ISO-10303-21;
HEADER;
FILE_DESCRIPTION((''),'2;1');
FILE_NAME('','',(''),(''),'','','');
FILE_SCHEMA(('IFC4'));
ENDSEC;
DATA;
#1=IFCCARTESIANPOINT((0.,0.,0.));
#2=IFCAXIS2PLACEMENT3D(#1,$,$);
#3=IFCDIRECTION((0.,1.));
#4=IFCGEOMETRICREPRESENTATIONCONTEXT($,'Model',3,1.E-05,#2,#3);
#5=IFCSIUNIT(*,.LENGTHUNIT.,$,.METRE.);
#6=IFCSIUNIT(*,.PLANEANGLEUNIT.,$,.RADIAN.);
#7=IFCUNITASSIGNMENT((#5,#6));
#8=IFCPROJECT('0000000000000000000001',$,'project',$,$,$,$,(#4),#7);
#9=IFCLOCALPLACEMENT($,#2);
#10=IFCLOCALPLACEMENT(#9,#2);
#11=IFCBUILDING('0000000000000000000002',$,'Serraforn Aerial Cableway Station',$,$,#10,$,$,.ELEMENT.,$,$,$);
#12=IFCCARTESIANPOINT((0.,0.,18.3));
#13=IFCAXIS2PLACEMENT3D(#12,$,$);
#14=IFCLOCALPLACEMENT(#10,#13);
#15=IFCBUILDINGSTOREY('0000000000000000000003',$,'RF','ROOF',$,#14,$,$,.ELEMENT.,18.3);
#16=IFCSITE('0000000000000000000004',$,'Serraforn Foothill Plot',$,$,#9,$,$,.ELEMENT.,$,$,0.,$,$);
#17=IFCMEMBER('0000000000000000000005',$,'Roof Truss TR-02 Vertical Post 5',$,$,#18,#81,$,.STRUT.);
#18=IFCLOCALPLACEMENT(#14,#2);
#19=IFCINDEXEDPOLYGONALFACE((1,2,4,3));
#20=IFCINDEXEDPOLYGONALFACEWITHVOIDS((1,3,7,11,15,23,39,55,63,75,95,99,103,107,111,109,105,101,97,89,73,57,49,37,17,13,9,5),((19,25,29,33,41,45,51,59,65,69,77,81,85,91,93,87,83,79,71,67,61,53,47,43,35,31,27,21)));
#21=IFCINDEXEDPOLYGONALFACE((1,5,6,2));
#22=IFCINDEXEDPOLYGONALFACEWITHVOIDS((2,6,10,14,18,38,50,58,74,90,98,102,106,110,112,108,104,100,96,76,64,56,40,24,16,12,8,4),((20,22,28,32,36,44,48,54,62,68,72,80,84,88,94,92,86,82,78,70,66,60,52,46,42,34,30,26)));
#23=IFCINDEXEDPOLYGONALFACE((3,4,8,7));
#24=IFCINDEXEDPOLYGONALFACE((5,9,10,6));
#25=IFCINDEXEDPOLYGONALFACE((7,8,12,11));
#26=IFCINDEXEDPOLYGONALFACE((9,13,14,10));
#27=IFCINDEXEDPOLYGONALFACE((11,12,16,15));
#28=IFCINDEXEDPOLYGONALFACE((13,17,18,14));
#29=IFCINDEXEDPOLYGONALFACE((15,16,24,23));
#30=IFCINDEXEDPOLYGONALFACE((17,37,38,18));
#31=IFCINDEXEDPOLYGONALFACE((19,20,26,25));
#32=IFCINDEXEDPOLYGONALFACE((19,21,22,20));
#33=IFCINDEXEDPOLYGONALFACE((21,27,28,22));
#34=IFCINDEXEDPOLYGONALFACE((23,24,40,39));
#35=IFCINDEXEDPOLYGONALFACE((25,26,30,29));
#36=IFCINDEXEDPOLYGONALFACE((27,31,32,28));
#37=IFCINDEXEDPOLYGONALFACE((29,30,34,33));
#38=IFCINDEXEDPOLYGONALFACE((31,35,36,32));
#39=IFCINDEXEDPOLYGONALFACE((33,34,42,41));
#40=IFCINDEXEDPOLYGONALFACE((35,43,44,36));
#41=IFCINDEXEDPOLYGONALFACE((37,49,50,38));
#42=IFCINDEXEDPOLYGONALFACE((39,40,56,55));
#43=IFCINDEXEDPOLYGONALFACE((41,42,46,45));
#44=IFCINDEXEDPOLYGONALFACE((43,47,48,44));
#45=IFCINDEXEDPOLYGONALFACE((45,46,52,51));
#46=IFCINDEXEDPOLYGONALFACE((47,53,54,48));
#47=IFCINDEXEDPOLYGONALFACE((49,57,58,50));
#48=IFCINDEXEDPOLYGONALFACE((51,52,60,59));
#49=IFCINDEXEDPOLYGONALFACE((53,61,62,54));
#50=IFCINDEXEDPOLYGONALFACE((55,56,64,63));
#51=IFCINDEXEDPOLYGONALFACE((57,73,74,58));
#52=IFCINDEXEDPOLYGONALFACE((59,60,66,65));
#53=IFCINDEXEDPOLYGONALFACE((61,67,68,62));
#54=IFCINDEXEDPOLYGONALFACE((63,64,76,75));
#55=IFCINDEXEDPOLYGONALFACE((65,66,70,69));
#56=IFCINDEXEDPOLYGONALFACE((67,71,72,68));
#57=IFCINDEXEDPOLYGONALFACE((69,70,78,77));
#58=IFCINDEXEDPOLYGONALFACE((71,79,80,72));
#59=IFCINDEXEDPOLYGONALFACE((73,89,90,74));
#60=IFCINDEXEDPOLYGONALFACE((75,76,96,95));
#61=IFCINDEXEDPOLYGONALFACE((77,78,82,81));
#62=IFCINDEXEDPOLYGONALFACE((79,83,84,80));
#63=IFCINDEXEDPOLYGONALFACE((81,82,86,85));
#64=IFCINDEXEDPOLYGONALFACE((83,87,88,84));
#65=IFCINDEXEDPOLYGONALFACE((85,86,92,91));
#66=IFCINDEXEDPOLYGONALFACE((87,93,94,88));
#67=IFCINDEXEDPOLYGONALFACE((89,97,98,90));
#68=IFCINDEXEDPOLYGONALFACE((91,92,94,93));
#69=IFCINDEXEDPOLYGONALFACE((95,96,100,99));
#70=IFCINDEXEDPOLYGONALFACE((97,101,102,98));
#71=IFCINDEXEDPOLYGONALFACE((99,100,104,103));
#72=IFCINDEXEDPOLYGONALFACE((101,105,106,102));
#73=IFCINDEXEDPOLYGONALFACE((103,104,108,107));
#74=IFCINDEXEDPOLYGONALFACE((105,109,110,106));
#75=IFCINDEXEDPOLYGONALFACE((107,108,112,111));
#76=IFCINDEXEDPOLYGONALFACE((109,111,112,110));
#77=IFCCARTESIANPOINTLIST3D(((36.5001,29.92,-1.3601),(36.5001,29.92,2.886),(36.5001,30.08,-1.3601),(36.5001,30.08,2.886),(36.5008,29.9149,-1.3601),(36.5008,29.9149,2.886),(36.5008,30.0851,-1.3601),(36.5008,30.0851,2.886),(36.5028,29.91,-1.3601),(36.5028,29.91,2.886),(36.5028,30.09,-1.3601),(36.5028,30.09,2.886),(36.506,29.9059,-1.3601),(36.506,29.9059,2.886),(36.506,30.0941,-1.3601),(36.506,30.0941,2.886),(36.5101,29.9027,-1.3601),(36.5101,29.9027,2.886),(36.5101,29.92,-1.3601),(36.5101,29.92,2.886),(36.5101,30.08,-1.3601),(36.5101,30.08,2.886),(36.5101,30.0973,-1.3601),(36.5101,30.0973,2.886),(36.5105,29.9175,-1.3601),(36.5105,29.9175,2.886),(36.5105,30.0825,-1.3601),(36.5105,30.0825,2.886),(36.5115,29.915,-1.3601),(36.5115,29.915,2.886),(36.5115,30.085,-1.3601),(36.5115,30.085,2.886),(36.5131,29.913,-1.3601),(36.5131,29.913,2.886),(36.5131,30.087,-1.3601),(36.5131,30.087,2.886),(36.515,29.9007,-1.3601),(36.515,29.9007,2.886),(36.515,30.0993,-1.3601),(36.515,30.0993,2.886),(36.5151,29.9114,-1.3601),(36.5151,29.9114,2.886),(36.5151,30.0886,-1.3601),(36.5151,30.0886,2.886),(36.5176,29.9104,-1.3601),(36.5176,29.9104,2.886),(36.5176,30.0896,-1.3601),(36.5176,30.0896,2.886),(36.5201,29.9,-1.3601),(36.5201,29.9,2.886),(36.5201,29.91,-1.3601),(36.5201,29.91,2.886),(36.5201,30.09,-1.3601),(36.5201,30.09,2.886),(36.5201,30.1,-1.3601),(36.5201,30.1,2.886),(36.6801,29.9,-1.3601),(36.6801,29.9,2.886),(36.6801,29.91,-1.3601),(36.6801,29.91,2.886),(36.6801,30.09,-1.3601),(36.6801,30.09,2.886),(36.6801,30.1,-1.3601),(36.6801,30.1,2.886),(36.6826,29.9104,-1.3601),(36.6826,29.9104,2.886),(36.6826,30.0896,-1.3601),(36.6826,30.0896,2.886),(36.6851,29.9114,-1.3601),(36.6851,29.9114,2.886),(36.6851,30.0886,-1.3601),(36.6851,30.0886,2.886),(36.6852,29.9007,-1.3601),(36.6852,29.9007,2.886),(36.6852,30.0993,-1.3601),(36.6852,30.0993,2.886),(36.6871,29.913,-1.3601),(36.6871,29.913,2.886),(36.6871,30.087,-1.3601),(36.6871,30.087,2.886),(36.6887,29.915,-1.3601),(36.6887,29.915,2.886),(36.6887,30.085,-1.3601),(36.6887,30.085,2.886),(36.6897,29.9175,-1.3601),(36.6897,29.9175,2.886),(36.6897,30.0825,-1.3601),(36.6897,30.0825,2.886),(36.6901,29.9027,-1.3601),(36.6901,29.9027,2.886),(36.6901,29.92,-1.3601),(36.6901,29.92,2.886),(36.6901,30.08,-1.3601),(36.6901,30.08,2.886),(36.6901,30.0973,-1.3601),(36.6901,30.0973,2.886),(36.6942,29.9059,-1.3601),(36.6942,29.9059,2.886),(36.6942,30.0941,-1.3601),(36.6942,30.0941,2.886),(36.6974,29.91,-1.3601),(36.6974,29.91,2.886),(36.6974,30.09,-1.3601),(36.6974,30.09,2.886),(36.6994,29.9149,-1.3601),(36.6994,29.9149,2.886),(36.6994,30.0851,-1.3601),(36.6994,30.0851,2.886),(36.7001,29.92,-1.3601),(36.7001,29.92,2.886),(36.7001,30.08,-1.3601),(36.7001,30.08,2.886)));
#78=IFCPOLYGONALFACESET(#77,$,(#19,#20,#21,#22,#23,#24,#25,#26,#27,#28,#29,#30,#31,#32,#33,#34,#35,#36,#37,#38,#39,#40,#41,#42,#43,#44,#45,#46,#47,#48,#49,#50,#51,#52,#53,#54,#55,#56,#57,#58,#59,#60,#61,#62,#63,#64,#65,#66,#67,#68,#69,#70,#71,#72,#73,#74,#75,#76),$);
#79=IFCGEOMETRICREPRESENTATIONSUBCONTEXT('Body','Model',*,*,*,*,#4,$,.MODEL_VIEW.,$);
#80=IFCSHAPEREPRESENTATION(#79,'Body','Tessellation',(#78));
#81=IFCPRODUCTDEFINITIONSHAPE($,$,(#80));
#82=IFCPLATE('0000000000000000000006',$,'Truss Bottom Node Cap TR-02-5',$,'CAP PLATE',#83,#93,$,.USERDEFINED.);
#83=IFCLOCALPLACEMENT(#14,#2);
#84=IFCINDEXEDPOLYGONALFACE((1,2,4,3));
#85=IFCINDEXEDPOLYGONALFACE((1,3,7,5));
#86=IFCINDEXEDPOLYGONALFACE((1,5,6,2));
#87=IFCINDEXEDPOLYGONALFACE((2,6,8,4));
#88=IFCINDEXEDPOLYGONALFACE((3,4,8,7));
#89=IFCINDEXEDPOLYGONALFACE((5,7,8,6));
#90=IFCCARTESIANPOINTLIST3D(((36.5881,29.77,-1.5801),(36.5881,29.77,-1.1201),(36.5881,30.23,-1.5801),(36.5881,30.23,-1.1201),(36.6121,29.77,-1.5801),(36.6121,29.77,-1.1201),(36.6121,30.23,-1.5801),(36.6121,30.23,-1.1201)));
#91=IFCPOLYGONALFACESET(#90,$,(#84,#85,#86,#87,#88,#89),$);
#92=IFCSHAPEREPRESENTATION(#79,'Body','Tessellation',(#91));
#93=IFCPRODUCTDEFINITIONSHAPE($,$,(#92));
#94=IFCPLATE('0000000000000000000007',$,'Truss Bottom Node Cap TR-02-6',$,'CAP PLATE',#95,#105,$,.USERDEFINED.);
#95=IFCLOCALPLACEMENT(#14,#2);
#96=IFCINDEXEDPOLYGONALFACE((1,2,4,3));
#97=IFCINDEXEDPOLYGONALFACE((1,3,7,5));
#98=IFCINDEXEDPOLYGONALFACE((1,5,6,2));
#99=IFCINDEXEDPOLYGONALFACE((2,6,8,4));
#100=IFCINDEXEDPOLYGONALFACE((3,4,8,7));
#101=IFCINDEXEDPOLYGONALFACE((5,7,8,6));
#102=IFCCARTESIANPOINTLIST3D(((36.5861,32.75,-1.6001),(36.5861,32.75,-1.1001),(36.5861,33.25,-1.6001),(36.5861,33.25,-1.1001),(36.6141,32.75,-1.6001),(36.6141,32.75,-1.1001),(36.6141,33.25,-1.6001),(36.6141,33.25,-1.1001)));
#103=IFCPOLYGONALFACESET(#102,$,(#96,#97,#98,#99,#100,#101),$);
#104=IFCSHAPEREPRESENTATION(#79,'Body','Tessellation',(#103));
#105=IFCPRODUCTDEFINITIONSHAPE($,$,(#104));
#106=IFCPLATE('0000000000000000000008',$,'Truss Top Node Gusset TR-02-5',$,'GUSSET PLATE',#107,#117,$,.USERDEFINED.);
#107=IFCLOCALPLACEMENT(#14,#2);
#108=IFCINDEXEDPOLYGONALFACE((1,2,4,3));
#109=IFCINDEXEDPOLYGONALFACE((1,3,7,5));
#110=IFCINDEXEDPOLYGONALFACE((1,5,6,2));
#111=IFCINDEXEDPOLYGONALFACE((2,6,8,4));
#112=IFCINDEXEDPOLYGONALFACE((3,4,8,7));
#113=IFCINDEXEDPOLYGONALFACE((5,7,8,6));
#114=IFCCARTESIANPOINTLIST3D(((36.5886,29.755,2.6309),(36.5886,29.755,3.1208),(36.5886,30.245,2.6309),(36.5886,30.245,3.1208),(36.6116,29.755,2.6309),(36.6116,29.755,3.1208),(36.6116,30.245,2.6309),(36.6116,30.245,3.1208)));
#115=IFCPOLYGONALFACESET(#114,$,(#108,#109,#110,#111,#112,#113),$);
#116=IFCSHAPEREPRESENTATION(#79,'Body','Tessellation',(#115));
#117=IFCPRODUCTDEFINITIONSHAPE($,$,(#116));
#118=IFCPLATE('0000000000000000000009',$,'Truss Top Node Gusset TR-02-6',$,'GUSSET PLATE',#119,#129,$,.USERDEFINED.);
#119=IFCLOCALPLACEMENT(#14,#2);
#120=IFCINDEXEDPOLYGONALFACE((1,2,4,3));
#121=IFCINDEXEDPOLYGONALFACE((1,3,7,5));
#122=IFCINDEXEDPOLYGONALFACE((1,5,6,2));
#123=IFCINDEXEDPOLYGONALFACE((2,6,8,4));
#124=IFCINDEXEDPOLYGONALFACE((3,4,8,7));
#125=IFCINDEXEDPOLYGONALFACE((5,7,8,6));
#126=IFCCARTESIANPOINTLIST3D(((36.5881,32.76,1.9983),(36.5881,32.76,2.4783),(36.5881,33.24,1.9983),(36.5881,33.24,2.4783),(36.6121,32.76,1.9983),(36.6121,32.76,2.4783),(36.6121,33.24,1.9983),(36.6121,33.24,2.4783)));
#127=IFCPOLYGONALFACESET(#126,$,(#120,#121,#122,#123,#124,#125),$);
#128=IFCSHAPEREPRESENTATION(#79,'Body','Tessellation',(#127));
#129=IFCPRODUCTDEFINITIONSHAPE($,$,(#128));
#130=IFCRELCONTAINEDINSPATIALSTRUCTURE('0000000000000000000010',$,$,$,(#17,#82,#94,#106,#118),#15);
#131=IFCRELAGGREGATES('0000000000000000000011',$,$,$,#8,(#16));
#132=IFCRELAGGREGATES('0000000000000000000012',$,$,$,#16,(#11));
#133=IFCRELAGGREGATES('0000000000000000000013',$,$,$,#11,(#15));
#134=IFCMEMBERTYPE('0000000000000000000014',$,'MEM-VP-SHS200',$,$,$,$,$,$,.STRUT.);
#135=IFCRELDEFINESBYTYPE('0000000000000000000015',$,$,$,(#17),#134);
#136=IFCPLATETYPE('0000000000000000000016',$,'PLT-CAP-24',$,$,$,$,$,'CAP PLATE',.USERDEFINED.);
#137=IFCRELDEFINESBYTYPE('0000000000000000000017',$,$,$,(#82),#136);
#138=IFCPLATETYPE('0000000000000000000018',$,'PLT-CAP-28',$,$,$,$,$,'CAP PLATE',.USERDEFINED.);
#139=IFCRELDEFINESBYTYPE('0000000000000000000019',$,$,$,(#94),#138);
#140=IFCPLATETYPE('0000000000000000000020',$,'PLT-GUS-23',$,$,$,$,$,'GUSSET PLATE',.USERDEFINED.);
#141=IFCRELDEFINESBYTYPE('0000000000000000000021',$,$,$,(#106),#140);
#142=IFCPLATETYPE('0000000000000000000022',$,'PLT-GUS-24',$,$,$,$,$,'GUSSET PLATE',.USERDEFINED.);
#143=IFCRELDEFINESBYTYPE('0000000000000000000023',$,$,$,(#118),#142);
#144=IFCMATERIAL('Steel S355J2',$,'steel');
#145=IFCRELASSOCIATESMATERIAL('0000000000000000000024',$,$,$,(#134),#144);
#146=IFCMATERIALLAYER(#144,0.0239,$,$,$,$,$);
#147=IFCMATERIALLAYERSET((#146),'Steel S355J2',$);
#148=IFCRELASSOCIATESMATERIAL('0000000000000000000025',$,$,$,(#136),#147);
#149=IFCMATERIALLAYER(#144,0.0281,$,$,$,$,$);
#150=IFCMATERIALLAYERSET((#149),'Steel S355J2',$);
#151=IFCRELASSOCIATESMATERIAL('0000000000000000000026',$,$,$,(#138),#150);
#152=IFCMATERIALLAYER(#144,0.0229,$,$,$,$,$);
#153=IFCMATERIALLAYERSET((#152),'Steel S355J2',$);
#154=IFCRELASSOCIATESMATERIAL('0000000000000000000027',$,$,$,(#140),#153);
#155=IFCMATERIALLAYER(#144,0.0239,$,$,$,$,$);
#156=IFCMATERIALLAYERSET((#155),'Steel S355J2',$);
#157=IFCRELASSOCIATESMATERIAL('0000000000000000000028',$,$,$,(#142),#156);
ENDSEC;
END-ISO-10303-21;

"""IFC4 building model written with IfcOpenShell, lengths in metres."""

from ifc_helpers import new_model, si_unit, direction, frame, origin, origin_2d, place, context, subcontext, project, spatial, rectangle, hollow_rectangle, extrude, material, layer, layer_set, material_profile, profile_set, type_object, element, save


model = new_model("IFC4")

# Units and contexts
model_context = context("Model", 3, precision=1e-05, world=origin(), true_north=direction((0.0, 1.0)))
body_context = subcontext(model_context, "Body", "Model", "MODEL_VIEW")
ifc_project = project(units=[si_unit("LENGTHUNIT", "METRE"), si_unit("PLANEANGLEUNIT", "RADIAN")], contexts=[model_context])

# Site, building, storey
site_placement = place(None, origin())
site = spatial("IfcSite", under=ifc_project, at=site_placement, Name="Serraforn Foothill Plot", CompositionType="ELEMENT", RefElevation=0.0)
building_placement = place(site_placement, origin())
building = spatial("IfcBuilding", under=site, at=building_placement, Name="Serraforn Aerial Cableway Station", CompositionType="ELEMENT")
storey_placement = place(building_placement, frame((0.0, 0.0, 18.3)))
storey = spatial("IfcBuildingStorey", under=building, at=storey_placement, Name="RF", Description="ROOF", CompositionType="ELEMENT", Elevation=18.3)

# Member
ifc_material_1 = material(Name="Steel S355J2", Category="steel")
ifc_material_profile_1 = material_profile(ifc_material_1, hollow_rectangle(XDim=0.2, YDim=0.2, WallThickness=0.01, InnerFilletRadius=0.01, OuterFilletRadius=0.02, at=origin_2d()), Name="SHS 200x200x10.0")
ifc_profile_set_1 = profile_set([ifc_material_profile_1], Name="Steel S355J2")
member_type_1 = type_object("IfcMemberType", Name="MEM-VP-SHS200", PredefinedType="STRUT", material=ifc_profile_set_1)
member_1_placement = place(storey_placement, frame((36.6001, 30.0, -1.3601), z_axis=(0.0, 0.0, 1.0), x_axis=(1.0, 0.0, 0.0)))
element("IfcMember", 1, at=member_1_placement, inside=storey, type_object=member_type_1, Name="Roof Truss TR-02 Vertical Post 5", PredefinedType="STRUT", context=body_context, shape_type="SweptSolid", body=[
    extrude(hollow_rectangle(XDim=0.2, YDim=0.2, WallThickness=0.01, InnerFilletRadius=0.01, OuterFilletRadius=0.02, at=origin_2d()), origin(), (0.0, 0.0, 1.0), 4.2461),
])

# Plates
ifc_layer_1 = layer(ifc_material_1, 0.0239)
ifc_layer_set_1 = layer_set([ifc_layer_1], Name="Steel S355J2")
plate_type_1 = type_object("IfcPlateType", Name="PLT-CAP-24", ElementType="CAP PLATE", PredefinedType="USERDEFINED", material=ifc_layer_set_1)
plate_1_placement = place(storey_placement, frame((36.6001, 30.0, -1.5801), z_axis=(0.0, 0.0, 1.0), x_axis=(1.0, 0.0, 0.0)))
element("IfcPlate", 2, at=plate_1_placement, inside=storey, type_object=plate_type_1, Name="Truss Bottom Node Cap TR-02-5", ObjectType="CAP PLATE", PredefinedType="USERDEFINED", context=body_context, shape_type="SweptSolid", body=[
    extrude(rectangle(XDim=0.0239, YDim=0.46, at=origin_2d()), origin(), (0.0, 0.0, 1.0), 0.46),
])
ifc_layer_2 = layer(ifc_material_1, 0.0281)
ifc_layer_set_2 = layer_set([ifc_layer_2], Name="Steel S355J2")
plate_type_2 = type_object("IfcPlateType", Name="PLT-CAP-28", ElementType="CAP PLATE", PredefinedType="USERDEFINED", material=ifc_layer_set_2)
plate_2_placement = place(storey_placement, frame((36.6001, 33.0, -1.6001), z_axis=(0.0, 0.0, 1.0), x_axis=(1.0, 0.0, 0.0)))
element("IfcPlate", 3, at=plate_2_placement, inside=storey, type_object=plate_type_2, Name="Truss Bottom Node Cap TR-02-6", ObjectType="CAP PLATE", PredefinedType="USERDEFINED", context=body_context, shape_type="SweptSolid", body=[
    extrude(rectangle(XDim=0.0281, YDim=0.5, at=origin_2d()), origin(), (0.0, 0.0, 1.0), 0.5),
])
ifc_layer_3 = layer(ifc_material_1, 0.0229)
ifc_layer_set_3 = layer_set([ifc_layer_3], Name="Steel S355J2")
plate_type_3 = type_object("IfcPlateType", Name="PLT-GUS-23", ElementType="GUSSET PLATE", PredefinedType="USERDEFINED", material=ifc_layer_set_3)
plate_3_placement = place(storey_placement, frame((36.6001, 30.0, 2.6309), z_axis=(0.0, 0.0, 1.0), x_axis=(1.0, 0.0, 0.0)))
element("IfcPlate", 4, at=plate_3_placement, inside=storey, type_object=plate_type_3, Name="Truss Top Node Gusset TR-02-5", ObjectType="GUSSET PLATE", PredefinedType="USERDEFINED", context=body_context, shape_type="SweptSolid", body=[
    extrude(rectangle(XDim=0.0229, YDim=0.49, at=origin_2d()), origin(), (0.0, 0.0, 1.0), 0.49),
])
ifc_layer_4 = layer(ifc_material_1, 0.0239)
ifc_layer_set_4 = layer_set([ifc_layer_4], Name="Steel S355J2")
plate_type_4 = type_object("IfcPlateType", Name="PLT-GUS-24", ElementType="GUSSET PLATE", PredefinedType="USERDEFINED", material=ifc_layer_set_4)
plate_4_placement = place(storey_placement, frame((36.6001, 33.0, 1.9983), z_axis=(0.0, 0.0, 1.0), x_axis=(1.0, 0.0, 0.0)))
element("IfcPlate", 5, at=plate_4_placement, inside=storey, type_object=plate_type_4, Name="Truss Top Node Gusset TR-02-6", ObjectType="GUSSET PLATE", PredefinedType="USERDEFINED", context=body_context, shape_type="SweptSolid", body=[
    extrude(rectangle(XDim=0.0239, YDim=0.48, at=origin_2d()), origin(), (0.0, 0.0, 1.0), 0.48),
])

save(model, "model.ifc")
